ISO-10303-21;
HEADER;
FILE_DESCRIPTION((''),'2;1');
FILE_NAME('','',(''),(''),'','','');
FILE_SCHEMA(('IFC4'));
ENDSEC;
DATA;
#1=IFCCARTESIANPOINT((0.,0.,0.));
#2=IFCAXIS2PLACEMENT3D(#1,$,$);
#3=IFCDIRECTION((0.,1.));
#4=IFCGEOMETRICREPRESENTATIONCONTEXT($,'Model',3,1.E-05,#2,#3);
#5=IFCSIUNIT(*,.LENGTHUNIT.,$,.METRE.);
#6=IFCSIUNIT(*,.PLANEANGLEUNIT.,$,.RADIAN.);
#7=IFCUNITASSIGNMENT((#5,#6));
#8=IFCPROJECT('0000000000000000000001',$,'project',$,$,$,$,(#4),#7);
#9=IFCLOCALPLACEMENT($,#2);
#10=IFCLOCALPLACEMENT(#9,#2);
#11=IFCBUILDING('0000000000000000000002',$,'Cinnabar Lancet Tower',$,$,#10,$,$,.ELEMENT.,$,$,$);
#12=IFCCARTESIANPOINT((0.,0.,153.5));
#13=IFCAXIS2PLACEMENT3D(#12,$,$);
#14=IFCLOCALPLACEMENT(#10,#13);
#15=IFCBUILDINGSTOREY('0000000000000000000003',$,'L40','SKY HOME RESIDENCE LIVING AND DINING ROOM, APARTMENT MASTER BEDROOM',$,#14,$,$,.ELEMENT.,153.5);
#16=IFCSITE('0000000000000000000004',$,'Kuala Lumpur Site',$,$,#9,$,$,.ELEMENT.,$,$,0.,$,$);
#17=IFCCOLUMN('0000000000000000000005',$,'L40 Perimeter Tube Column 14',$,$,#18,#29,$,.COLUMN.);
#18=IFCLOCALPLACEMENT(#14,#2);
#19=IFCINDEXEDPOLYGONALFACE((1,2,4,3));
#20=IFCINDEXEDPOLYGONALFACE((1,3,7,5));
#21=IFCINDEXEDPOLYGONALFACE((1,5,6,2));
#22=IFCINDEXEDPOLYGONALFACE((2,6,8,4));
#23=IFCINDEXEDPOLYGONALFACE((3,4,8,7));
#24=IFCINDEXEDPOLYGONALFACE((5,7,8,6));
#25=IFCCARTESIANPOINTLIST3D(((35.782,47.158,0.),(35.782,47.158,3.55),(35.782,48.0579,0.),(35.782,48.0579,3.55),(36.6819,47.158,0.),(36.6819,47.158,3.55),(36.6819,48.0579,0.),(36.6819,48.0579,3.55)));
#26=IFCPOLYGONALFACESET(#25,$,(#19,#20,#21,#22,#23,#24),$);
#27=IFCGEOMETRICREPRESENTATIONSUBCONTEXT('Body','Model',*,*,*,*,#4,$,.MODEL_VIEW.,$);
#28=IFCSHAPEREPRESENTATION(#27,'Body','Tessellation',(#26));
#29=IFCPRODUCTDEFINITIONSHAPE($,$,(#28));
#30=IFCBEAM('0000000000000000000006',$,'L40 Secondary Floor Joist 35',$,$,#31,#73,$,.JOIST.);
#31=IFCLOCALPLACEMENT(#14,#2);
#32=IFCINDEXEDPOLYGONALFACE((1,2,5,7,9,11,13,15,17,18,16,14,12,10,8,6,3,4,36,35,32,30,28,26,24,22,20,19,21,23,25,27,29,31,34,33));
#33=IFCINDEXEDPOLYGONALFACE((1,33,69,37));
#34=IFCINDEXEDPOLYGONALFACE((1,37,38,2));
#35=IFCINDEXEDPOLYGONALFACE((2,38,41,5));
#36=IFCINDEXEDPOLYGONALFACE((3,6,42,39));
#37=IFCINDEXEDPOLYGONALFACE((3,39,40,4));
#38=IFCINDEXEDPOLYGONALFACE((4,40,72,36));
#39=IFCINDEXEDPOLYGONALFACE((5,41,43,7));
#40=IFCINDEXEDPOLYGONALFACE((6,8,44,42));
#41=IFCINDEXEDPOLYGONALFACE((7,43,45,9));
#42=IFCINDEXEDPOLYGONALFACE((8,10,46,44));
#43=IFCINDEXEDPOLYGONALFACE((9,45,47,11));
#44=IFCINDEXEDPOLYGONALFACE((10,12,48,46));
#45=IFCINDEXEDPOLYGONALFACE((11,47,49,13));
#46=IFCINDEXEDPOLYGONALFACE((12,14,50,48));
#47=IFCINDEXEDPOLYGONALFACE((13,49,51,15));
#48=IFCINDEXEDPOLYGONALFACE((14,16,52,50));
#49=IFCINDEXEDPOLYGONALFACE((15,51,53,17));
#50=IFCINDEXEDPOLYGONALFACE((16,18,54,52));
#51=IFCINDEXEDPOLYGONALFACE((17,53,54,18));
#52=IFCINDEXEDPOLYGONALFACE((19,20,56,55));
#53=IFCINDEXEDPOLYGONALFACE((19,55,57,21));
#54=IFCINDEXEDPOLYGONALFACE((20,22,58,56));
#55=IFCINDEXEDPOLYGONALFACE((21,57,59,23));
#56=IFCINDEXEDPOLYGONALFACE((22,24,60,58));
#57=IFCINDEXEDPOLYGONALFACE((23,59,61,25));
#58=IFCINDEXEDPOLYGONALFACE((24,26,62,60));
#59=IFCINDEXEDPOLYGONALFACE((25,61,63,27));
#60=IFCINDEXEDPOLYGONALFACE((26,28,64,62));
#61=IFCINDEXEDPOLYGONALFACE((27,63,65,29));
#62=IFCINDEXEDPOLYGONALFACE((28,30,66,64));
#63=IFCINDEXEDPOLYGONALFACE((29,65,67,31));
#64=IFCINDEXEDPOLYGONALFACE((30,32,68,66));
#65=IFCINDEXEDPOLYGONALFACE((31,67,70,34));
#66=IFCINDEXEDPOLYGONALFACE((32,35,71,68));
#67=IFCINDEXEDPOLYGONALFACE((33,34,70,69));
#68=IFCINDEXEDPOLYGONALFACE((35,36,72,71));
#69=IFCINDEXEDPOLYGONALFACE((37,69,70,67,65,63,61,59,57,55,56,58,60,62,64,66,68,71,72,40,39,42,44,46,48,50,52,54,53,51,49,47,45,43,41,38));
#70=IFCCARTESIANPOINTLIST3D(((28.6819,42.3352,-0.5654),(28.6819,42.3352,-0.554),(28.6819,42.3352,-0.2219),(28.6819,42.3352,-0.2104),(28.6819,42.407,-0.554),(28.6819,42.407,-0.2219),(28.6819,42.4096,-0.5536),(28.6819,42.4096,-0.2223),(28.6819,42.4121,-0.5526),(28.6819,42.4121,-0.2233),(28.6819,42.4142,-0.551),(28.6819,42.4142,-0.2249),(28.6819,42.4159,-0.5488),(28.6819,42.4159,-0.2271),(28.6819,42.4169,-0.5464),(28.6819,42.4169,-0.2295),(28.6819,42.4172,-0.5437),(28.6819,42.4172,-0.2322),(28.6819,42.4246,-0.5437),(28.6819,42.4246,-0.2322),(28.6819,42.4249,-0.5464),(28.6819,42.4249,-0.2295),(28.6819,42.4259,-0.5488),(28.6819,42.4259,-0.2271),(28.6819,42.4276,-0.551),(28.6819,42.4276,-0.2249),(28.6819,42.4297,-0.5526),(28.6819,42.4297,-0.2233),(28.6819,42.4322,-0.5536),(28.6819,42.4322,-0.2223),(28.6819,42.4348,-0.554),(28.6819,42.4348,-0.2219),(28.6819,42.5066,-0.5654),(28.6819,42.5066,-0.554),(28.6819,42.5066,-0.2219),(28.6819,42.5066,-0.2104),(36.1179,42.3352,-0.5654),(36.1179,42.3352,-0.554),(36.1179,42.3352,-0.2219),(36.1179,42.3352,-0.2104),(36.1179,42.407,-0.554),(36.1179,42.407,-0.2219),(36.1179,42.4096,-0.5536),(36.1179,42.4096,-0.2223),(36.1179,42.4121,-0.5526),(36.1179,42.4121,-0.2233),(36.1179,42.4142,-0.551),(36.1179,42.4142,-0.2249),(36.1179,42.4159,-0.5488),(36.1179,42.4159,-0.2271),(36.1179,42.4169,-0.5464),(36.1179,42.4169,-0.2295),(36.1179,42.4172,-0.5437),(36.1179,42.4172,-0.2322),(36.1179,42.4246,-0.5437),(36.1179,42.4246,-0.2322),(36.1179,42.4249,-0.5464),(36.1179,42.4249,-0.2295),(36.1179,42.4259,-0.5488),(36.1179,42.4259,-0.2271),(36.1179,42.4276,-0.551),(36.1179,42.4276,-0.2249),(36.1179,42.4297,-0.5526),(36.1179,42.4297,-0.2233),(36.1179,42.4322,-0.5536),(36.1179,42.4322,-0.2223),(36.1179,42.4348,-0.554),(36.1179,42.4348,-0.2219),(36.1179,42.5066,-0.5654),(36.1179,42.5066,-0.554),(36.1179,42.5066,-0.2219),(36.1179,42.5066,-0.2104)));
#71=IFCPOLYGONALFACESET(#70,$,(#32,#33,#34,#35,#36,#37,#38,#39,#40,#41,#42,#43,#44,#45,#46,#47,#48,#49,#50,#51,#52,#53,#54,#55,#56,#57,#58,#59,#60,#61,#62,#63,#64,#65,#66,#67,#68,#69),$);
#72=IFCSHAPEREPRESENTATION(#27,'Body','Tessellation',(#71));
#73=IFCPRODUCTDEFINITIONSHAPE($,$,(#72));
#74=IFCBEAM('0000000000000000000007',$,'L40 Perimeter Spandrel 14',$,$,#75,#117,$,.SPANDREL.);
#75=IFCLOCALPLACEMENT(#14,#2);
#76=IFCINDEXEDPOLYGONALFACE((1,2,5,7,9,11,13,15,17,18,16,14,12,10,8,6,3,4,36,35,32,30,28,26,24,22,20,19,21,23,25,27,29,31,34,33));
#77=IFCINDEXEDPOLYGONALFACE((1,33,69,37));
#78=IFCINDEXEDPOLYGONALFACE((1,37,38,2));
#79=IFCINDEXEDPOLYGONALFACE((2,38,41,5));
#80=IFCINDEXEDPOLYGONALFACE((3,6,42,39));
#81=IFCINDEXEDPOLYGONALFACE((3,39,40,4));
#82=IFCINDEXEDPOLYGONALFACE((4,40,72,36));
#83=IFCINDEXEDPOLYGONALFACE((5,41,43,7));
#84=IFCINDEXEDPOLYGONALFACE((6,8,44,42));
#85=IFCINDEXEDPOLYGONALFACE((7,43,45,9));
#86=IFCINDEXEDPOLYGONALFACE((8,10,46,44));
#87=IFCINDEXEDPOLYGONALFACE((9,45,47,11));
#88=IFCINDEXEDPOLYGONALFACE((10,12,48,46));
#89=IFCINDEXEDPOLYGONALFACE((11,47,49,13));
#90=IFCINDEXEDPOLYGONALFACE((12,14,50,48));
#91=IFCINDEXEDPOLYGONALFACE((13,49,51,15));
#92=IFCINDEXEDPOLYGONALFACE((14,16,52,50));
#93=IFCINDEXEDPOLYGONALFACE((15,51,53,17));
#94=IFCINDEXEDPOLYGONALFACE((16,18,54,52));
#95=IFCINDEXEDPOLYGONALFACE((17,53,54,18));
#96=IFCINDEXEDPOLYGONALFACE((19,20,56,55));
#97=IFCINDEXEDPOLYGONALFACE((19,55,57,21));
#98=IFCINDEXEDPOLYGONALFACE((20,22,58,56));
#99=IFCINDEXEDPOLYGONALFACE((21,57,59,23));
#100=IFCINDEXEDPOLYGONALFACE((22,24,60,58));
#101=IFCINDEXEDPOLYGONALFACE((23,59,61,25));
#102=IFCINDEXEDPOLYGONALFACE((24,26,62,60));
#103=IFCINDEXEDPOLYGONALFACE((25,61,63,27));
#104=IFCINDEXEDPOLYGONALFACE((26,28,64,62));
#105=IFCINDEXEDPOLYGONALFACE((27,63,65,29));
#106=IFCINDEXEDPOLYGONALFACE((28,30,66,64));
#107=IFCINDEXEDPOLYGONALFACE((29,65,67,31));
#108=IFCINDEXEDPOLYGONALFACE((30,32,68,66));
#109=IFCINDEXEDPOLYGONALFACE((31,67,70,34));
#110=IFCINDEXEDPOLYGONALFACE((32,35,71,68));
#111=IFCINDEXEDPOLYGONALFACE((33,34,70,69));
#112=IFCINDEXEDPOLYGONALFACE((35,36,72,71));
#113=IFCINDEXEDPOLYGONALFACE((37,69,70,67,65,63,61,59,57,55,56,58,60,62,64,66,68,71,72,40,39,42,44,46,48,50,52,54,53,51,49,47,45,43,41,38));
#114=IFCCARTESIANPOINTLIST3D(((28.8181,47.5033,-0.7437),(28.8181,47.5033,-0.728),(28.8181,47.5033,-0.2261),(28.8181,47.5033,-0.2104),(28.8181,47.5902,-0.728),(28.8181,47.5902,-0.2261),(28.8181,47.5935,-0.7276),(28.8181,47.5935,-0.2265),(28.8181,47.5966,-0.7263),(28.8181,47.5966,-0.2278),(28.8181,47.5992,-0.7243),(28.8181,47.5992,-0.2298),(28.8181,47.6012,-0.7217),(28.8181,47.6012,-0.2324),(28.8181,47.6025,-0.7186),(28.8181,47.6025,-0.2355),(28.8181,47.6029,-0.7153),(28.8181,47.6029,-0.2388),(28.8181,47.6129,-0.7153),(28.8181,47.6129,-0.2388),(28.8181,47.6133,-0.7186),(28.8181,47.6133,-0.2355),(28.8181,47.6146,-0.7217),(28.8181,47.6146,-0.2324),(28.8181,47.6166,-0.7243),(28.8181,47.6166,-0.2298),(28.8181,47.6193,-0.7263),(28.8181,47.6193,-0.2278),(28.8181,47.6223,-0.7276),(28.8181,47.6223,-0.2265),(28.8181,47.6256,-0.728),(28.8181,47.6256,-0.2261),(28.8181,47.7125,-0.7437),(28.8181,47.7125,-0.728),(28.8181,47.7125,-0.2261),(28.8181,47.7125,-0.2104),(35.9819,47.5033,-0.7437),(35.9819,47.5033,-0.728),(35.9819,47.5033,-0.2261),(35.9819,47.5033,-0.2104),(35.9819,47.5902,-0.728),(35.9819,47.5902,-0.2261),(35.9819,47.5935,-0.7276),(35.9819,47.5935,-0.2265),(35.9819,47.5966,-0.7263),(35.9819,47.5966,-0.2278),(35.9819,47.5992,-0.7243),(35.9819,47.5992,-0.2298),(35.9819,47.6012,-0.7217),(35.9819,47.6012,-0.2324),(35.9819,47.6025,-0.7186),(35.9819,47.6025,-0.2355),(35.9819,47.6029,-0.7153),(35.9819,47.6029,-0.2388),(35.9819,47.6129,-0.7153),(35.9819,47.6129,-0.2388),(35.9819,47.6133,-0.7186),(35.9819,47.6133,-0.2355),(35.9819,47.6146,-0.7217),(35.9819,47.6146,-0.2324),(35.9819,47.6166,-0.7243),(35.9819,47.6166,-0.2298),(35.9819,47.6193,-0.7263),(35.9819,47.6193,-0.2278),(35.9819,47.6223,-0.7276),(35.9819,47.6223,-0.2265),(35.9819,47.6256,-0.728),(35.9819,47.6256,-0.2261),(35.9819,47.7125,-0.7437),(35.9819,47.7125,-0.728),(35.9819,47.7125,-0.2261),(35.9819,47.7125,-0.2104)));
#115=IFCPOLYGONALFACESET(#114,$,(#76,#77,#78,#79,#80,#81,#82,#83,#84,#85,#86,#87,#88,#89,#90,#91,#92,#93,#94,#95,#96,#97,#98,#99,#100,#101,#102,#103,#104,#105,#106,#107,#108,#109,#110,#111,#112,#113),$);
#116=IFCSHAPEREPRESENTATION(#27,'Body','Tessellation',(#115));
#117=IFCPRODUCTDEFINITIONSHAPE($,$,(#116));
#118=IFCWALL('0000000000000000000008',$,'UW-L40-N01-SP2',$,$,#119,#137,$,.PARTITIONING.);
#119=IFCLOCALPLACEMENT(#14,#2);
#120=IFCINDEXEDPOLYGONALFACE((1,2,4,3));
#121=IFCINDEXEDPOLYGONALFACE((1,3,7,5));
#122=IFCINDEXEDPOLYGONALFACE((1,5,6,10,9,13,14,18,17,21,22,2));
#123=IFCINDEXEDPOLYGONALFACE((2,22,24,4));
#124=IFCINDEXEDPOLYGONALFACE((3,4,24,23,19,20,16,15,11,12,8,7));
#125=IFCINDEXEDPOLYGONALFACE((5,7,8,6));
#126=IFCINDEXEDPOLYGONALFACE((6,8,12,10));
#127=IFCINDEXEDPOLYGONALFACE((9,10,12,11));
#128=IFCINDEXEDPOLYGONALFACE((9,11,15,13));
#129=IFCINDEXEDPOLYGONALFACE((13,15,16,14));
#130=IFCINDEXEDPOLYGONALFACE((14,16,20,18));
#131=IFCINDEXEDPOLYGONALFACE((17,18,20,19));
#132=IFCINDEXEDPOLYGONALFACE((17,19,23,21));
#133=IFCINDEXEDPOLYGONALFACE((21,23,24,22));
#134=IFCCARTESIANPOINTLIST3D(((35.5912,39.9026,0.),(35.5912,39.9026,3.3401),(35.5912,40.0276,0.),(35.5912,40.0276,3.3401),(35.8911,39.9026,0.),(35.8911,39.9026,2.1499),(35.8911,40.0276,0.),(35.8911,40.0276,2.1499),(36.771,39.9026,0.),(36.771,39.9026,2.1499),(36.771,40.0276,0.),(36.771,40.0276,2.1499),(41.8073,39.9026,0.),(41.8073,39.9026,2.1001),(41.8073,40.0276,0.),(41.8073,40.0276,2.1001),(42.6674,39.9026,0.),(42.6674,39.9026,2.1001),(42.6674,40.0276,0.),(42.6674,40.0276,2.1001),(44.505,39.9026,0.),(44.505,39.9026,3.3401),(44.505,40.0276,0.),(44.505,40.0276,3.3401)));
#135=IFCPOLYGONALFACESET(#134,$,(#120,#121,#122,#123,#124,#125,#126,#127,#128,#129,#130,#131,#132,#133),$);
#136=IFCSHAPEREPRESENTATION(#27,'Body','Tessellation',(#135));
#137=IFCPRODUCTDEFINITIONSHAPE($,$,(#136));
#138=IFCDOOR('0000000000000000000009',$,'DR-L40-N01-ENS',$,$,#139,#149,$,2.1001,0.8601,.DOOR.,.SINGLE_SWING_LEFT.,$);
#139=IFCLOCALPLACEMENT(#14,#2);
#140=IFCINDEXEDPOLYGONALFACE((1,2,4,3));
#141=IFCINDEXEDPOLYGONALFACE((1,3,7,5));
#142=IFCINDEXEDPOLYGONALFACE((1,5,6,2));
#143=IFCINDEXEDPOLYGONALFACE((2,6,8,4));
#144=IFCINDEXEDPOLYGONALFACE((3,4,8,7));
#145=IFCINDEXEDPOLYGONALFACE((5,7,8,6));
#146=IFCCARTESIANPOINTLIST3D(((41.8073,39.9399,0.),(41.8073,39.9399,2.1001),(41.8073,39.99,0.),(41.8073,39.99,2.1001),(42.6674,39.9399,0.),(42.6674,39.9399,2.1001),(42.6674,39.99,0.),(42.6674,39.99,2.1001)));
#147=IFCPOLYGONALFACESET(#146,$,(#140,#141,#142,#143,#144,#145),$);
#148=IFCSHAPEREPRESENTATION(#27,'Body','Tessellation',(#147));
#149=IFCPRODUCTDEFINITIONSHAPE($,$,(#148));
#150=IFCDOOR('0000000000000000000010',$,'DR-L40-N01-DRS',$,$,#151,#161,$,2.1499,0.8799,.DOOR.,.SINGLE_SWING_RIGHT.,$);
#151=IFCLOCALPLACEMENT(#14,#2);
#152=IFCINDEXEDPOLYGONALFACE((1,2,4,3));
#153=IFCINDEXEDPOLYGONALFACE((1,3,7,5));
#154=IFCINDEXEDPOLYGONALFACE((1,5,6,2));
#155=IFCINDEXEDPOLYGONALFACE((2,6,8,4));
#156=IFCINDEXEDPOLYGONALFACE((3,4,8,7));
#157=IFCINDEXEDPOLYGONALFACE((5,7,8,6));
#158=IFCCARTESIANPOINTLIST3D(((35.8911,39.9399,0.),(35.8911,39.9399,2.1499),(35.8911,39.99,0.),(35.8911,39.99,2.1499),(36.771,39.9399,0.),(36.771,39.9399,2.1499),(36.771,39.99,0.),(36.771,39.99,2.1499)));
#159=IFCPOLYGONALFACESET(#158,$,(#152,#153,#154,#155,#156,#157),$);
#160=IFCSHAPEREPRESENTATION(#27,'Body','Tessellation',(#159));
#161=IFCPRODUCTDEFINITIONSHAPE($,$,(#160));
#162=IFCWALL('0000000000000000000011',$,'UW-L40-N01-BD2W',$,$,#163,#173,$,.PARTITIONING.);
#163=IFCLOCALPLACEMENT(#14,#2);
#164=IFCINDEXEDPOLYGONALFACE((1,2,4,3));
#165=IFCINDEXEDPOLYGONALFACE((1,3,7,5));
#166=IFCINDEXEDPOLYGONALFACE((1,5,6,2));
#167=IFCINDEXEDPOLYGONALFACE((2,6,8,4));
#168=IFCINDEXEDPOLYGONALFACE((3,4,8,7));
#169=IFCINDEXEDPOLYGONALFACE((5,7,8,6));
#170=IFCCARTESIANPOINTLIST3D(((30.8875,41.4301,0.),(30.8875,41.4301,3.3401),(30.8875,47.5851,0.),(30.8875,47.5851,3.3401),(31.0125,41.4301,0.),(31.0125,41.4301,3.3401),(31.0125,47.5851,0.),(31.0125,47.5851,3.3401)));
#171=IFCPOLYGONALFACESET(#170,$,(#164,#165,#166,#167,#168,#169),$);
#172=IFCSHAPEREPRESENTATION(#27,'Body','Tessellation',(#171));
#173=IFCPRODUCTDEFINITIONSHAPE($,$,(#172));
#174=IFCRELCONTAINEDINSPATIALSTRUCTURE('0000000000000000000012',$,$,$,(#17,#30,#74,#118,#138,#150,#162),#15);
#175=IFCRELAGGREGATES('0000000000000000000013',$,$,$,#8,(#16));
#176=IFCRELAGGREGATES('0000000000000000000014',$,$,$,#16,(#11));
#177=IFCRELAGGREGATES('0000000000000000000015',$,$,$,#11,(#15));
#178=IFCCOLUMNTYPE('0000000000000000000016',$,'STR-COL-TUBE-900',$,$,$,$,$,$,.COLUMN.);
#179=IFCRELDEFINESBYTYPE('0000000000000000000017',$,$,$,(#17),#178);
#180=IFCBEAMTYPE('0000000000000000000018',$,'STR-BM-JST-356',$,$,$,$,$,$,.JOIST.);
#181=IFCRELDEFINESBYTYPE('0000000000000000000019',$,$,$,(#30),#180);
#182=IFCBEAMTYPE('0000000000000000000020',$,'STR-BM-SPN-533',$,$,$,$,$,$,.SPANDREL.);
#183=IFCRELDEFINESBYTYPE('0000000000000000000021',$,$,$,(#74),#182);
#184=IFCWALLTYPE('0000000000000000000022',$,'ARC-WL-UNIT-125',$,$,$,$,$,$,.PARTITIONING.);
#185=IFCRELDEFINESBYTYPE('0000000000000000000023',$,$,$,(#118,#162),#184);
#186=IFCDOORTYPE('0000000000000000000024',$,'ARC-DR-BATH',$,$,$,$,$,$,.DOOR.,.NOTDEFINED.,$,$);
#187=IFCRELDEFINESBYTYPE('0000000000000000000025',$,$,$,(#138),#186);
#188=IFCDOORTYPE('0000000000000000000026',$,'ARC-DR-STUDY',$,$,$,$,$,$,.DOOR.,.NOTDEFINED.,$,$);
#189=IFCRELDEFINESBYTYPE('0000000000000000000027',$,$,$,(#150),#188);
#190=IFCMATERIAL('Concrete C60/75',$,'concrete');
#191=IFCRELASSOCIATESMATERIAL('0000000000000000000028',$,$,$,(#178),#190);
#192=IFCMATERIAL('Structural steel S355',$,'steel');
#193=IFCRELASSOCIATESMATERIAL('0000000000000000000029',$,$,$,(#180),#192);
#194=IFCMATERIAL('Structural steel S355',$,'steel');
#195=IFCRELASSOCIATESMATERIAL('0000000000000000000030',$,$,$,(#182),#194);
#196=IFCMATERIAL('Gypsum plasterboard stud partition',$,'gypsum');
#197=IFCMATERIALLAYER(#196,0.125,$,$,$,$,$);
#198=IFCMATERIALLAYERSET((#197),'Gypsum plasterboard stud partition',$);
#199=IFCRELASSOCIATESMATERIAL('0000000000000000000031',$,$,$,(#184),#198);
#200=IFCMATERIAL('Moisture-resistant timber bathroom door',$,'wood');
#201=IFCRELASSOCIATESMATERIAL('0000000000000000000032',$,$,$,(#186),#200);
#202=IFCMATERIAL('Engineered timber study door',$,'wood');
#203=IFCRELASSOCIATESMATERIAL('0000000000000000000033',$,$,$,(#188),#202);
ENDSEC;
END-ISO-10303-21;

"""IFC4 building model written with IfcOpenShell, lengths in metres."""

from ifc_helpers import new_model, si_unit, direction, frame, frame_2d, origin, origin_2d, place, context, subcontext, project, spatial, rectangle, i_section, extrude, material, layer, layer_set, material_profile, profile_set, type_object, element, fill, save


model = new_model("IFC4")

# Units and contexts
model_context = context("Model", 3, precision=1e-05, world=origin(), true_north=direction((0.0, 1.0)))
body_context = subcontext(model_context, "Body", "Model", "MODEL_VIEW")
ifc_project = project(units=[si_unit("LENGTHUNIT", "METRE"), si_unit("PLANEANGLEUNIT", "RADIAN")], contexts=[model_context])

# Site, building, storey
site_placement = place(None, origin())
site = spatial("IfcSite", under=ifc_project, at=site_placement, Name="Kuala Lumpur Site", CompositionType="ELEMENT", RefElevation=0.0)
building_placement = place(site_placement, origin())
building = spatial("IfcBuilding", under=site, at=building_placement, Name="Cinnabar Lancet Tower", CompositionType="ELEMENT")
storey_placement = place(building_placement, frame((0.0, 0.0, 153.5)))
storey = spatial("IfcBuildingStorey", under=building, at=storey_placement, Name="L40", Description="SKY HOME RESIDENCE LIVING AND DINING ROOM, APARTMENT MASTER BEDROOM", CompositionType="ELEMENT", Elevation=153.5)

# Column
ifc_material_1 = material(Name="Concrete C60/75", Category="concrete")
ifc_material_profile_1 = material_profile(ifc_material_1, rectangle(XDim=0.8999, YDim=0.8999, at=origin_2d()), Name="RC-COL 900x900")
ifc_profile_set_1 = profile_set([ifc_material_profile_1], Name="Concrete C60/75")
column_type = type_object("IfcColumnType", Name="STR-COL-TUBE-900", PredefinedType="COLUMN", material=ifc_profile_set_1)
column_placement = place(storey_placement, frame((36.2319, 47.6079, 0.0), z_axis=(0.0, 0.0, 1.0), x_axis=(1.0, 0.0, 0.0)))
element("IfcColumn", 1, at=column_placement, inside=storey, type_object=column_type, Name="L40 Perimeter Tube Column 14", PredefinedType="COLUMN", context=body_context, shape_type="SweptSolid", body=[
    extrude(rectangle(XDim=0.8999, YDim=0.8999, at=origin_2d()), origin(), (0.0, 0.0, 1.0), 3.55),
])

# Beams
ifc_material_2 = material(Name="Structural steel S355", Category="steel")
ifc_material_profile_2 = material_profile(ifc_material_2, i_section(OverallWidth=0.1714, OverallDepth=0.355, WebThickness=0.0073, FlangeThickness=0.0115, FilletRadius=0.0103, at=origin_2d()), Name="UKB 356x171x51")
ifc_profile_set_2 = profile_set([ifc_material_profile_2], Name="Structural steel S355")
beam_type_1 = type_object("IfcBeamType", Name="STR-BM-JST-356", PredefinedType="JOIST", material=ifc_profile_set_2)
beam_1_placement = place(storey_placement, frame((36.1179, 42.4209, -0.3879), z_axis=(-1.0, 0.0, 0.0), x_axis=(0.0, -1.0, 0.0)))
element("IfcBeam", 2, at=beam_1_placement, inside=storey, type_object=beam_type_1, Name="L40 Secondary Floor Joist 35", PredefinedType="JOIST", context=body_context, shape_type="SweptSolid", body=[
    extrude(i_section(OverallWidth=0.1714, OverallDepth=0.355, WebThickness=0.0073, FlangeThickness=0.0115, FilletRadius=0.0103, at=origin_2d()), origin(), (0.0, 0.0, 1.0), 7.436),
])
ifc_material_3 = material(Name="Structural steel S355", Category="steel")
ifc_material_profile_3 = material_profile(ifc_material_3, i_section(OverallWidth=0.2092, OverallDepth=0.5332, WebThickness=0.01, FlangeThickness=0.0156, FilletRadius=0.0127, at=origin_2d()), Name="UKB 533x210x92")
ifc_profile_set_3 = profile_set([ifc_material_profile_3], Name="Structural steel S355")
beam_type_2 = type_object("IfcBeamType", Name="STR-BM-SPN-533", PredefinedType="SPANDREL", material=ifc_profile_set_3)
beam_2_placement = place(storey_placement, frame((35.9819, 47.6079, -0.4771), z_axis=(-1.0, 0.0, 0.0), x_axis=(0.0, -1.0, 0.0)))
element("IfcBeam", 3, at=beam_2_placement, inside=storey, type_object=beam_type_2, Name="L40 Perimeter Spandrel 14", PredefinedType="SPANDREL", context=body_context, shape_type="SweptSolid", body=[
    extrude(i_section(OverallWidth=0.2092, OverallDepth=0.5332, WebThickness=0.01, FlangeThickness=0.0156, FilletRadius=0.0127, at=origin_2d()), origin(), (0.0, 0.0, 1.0), 7.1638),
])

# Wall, openings, doors
ifc_material_4 = material(Name="Gypsum plasterboard stud partition", Category="gypsum")
ifc_layer_1 = layer(ifc_material_4, 0.125)
ifc_layer_set_1 = layer_set([ifc_layer_1], Name="Gypsum plasterboard stud partition")
wall_type_1 = type_object("IfcWallType", Name="ARC-WL-UNIT-125", PredefinedType="PARTITIONING", material=ifc_layer_set_1)
wall_1_placement = place(storey_placement, frame((35.5911, 39.9651, 0.0), z_axis=(0.0, 0.0, 1.0), x_axis=(1.0, 0.0, 0.0)))
wall_1 = element("IfcWall", 4, at=wall_1_placement, inside=storey, type_object=wall_type_1, Name="UW-L40-N01-SP2", PredefinedType="PARTITIONING", context=body_context, shape_type="SweptSolid", body=[
    extrude(rectangle(XDim=8.9138, YDim=0.125, at=frame_2d((4.457, 0.0))), origin(), (0.0, 0.0, 1.0), 3.3401),
])
opening_1_placement = place(wall_1_placement, frame((6.2161, 0.0, 0.0)))
opening_1 = element("IfcOpeningElement", 5, at=opening_1_placement, cuts=wall_1, PredefinedType="OPENING", context=body_context, shape_type="SweptSolid", body=[
    extrude(rectangle(XDim=0.8601, YDim=2.1001, at=frame_2d((0.4302, 1.05))), frame((0.0, 0.0725, 0.0), z_axis=(0.0, -1.0, 0.0), x_axis=(1.0, 0.0, 0.0)), (0.0, 0.0, 1.0), 0.145),
])
opening_2_placement = place(wall_1_placement, frame((0.3, 0.0, 0.0)))
opening_2 = element("IfcOpeningElement", 6, at=opening_2_placement, cuts=wall_1, PredefinedType="OPENING", context=body_context, shape_type="SweptSolid", body=[
    extrude(rectangle(XDim=0.8799, YDim=2.1499, at=frame_2d((0.4399, 1.075))), frame((0.0, 0.0725, 0.0), z_axis=(0.0, -1.0, 0.0), x_axis=(1.0, 0.0, 0.0)), (0.0, 0.0, 1.0), 0.145),
])
ifc_material_5 = material(Name="Moisture-resistant timber bathroom door", Category="wood")
door_type_1 = type_object("IfcDoorType", Name="ARC-DR-BATH", OperationType="NOTDEFINED", PredefinedType="DOOR", material=ifc_material_5)
door_1_placement = place(opening_1_placement, origin())
door_1 = element("IfcDoor", 7, at=door_1_placement, inside=storey, type_object=door_type_1, Name="DR-L40-N01-ENS", OperationType="SINGLE_SWING_LEFT", OverallHeight=2.1001, OverallWidth=0.8601, PredefinedType="DOOR", context=body_context, shape_type="SweptSolid", body=[
    extrude(rectangle(XDim=0.8601, YDim=2.1001, at=frame_2d((0.4302, 1.05))), frame((0.0, 0.0249, 0.0), z_axis=(0.0, -1.0, 0.0), x_axis=(1.0, 0.0, 0.0)), (0.0, 0.0, 1.0), 0.05),
])
fill(opening_1, door_1)
ifc_material_6 = material(Name="Engineered timber study door", Category="wood")
door_type_2 = type_object("IfcDoorType", Name="ARC-DR-STUDY", OperationType="NOTDEFINED", PredefinedType="DOOR", material=ifc_material_6)
door_2_placement = place(opening_2_placement, origin())
door_2 = element("IfcDoor", 8, at=door_2_placement, inside=storey, type_object=door_type_2, Name="DR-L40-N01-DRS", OperationType="SINGLE_SWING_RIGHT", OverallHeight=2.1499, OverallWidth=0.8799, PredefinedType="DOOR", context=body_context, shape_type="SweptSolid", body=[
    extrude(rectangle(XDim=0.8799, YDim=2.1499, at=frame_2d((0.4399, 1.075))), frame((0.0, 0.0249, 0.0), z_axis=(0.0, -1.0, 0.0), x_axis=(1.0, 0.0, 0.0)), (0.0, 0.0, 1.0), 0.05),
])
fill(opening_2, door_2)

# Wall
wall_2_placement = place(storey_placement, frame((30.95, 41.4299, 0.0), z_axis=(0.0, 0.0, 1.0), x_axis=(0.0, 1.0, 0.0)))
element("IfcWall", 9, at=wall_2_placement, inside=storey, type_object=wall_type_1, Name="UW-L40-N01-BD2W", PredefinedType="PARTITIONING", context=body_context, shape_type="SweptSolid", body=[
    extrude(rectangle(XDim=6.155, YDim=0.125, at=frame_2d((3.0776, 0.0))), origin(), (0.0, 0.0, 1.0), 3.3401),
])

save(model, "model.ifc")
